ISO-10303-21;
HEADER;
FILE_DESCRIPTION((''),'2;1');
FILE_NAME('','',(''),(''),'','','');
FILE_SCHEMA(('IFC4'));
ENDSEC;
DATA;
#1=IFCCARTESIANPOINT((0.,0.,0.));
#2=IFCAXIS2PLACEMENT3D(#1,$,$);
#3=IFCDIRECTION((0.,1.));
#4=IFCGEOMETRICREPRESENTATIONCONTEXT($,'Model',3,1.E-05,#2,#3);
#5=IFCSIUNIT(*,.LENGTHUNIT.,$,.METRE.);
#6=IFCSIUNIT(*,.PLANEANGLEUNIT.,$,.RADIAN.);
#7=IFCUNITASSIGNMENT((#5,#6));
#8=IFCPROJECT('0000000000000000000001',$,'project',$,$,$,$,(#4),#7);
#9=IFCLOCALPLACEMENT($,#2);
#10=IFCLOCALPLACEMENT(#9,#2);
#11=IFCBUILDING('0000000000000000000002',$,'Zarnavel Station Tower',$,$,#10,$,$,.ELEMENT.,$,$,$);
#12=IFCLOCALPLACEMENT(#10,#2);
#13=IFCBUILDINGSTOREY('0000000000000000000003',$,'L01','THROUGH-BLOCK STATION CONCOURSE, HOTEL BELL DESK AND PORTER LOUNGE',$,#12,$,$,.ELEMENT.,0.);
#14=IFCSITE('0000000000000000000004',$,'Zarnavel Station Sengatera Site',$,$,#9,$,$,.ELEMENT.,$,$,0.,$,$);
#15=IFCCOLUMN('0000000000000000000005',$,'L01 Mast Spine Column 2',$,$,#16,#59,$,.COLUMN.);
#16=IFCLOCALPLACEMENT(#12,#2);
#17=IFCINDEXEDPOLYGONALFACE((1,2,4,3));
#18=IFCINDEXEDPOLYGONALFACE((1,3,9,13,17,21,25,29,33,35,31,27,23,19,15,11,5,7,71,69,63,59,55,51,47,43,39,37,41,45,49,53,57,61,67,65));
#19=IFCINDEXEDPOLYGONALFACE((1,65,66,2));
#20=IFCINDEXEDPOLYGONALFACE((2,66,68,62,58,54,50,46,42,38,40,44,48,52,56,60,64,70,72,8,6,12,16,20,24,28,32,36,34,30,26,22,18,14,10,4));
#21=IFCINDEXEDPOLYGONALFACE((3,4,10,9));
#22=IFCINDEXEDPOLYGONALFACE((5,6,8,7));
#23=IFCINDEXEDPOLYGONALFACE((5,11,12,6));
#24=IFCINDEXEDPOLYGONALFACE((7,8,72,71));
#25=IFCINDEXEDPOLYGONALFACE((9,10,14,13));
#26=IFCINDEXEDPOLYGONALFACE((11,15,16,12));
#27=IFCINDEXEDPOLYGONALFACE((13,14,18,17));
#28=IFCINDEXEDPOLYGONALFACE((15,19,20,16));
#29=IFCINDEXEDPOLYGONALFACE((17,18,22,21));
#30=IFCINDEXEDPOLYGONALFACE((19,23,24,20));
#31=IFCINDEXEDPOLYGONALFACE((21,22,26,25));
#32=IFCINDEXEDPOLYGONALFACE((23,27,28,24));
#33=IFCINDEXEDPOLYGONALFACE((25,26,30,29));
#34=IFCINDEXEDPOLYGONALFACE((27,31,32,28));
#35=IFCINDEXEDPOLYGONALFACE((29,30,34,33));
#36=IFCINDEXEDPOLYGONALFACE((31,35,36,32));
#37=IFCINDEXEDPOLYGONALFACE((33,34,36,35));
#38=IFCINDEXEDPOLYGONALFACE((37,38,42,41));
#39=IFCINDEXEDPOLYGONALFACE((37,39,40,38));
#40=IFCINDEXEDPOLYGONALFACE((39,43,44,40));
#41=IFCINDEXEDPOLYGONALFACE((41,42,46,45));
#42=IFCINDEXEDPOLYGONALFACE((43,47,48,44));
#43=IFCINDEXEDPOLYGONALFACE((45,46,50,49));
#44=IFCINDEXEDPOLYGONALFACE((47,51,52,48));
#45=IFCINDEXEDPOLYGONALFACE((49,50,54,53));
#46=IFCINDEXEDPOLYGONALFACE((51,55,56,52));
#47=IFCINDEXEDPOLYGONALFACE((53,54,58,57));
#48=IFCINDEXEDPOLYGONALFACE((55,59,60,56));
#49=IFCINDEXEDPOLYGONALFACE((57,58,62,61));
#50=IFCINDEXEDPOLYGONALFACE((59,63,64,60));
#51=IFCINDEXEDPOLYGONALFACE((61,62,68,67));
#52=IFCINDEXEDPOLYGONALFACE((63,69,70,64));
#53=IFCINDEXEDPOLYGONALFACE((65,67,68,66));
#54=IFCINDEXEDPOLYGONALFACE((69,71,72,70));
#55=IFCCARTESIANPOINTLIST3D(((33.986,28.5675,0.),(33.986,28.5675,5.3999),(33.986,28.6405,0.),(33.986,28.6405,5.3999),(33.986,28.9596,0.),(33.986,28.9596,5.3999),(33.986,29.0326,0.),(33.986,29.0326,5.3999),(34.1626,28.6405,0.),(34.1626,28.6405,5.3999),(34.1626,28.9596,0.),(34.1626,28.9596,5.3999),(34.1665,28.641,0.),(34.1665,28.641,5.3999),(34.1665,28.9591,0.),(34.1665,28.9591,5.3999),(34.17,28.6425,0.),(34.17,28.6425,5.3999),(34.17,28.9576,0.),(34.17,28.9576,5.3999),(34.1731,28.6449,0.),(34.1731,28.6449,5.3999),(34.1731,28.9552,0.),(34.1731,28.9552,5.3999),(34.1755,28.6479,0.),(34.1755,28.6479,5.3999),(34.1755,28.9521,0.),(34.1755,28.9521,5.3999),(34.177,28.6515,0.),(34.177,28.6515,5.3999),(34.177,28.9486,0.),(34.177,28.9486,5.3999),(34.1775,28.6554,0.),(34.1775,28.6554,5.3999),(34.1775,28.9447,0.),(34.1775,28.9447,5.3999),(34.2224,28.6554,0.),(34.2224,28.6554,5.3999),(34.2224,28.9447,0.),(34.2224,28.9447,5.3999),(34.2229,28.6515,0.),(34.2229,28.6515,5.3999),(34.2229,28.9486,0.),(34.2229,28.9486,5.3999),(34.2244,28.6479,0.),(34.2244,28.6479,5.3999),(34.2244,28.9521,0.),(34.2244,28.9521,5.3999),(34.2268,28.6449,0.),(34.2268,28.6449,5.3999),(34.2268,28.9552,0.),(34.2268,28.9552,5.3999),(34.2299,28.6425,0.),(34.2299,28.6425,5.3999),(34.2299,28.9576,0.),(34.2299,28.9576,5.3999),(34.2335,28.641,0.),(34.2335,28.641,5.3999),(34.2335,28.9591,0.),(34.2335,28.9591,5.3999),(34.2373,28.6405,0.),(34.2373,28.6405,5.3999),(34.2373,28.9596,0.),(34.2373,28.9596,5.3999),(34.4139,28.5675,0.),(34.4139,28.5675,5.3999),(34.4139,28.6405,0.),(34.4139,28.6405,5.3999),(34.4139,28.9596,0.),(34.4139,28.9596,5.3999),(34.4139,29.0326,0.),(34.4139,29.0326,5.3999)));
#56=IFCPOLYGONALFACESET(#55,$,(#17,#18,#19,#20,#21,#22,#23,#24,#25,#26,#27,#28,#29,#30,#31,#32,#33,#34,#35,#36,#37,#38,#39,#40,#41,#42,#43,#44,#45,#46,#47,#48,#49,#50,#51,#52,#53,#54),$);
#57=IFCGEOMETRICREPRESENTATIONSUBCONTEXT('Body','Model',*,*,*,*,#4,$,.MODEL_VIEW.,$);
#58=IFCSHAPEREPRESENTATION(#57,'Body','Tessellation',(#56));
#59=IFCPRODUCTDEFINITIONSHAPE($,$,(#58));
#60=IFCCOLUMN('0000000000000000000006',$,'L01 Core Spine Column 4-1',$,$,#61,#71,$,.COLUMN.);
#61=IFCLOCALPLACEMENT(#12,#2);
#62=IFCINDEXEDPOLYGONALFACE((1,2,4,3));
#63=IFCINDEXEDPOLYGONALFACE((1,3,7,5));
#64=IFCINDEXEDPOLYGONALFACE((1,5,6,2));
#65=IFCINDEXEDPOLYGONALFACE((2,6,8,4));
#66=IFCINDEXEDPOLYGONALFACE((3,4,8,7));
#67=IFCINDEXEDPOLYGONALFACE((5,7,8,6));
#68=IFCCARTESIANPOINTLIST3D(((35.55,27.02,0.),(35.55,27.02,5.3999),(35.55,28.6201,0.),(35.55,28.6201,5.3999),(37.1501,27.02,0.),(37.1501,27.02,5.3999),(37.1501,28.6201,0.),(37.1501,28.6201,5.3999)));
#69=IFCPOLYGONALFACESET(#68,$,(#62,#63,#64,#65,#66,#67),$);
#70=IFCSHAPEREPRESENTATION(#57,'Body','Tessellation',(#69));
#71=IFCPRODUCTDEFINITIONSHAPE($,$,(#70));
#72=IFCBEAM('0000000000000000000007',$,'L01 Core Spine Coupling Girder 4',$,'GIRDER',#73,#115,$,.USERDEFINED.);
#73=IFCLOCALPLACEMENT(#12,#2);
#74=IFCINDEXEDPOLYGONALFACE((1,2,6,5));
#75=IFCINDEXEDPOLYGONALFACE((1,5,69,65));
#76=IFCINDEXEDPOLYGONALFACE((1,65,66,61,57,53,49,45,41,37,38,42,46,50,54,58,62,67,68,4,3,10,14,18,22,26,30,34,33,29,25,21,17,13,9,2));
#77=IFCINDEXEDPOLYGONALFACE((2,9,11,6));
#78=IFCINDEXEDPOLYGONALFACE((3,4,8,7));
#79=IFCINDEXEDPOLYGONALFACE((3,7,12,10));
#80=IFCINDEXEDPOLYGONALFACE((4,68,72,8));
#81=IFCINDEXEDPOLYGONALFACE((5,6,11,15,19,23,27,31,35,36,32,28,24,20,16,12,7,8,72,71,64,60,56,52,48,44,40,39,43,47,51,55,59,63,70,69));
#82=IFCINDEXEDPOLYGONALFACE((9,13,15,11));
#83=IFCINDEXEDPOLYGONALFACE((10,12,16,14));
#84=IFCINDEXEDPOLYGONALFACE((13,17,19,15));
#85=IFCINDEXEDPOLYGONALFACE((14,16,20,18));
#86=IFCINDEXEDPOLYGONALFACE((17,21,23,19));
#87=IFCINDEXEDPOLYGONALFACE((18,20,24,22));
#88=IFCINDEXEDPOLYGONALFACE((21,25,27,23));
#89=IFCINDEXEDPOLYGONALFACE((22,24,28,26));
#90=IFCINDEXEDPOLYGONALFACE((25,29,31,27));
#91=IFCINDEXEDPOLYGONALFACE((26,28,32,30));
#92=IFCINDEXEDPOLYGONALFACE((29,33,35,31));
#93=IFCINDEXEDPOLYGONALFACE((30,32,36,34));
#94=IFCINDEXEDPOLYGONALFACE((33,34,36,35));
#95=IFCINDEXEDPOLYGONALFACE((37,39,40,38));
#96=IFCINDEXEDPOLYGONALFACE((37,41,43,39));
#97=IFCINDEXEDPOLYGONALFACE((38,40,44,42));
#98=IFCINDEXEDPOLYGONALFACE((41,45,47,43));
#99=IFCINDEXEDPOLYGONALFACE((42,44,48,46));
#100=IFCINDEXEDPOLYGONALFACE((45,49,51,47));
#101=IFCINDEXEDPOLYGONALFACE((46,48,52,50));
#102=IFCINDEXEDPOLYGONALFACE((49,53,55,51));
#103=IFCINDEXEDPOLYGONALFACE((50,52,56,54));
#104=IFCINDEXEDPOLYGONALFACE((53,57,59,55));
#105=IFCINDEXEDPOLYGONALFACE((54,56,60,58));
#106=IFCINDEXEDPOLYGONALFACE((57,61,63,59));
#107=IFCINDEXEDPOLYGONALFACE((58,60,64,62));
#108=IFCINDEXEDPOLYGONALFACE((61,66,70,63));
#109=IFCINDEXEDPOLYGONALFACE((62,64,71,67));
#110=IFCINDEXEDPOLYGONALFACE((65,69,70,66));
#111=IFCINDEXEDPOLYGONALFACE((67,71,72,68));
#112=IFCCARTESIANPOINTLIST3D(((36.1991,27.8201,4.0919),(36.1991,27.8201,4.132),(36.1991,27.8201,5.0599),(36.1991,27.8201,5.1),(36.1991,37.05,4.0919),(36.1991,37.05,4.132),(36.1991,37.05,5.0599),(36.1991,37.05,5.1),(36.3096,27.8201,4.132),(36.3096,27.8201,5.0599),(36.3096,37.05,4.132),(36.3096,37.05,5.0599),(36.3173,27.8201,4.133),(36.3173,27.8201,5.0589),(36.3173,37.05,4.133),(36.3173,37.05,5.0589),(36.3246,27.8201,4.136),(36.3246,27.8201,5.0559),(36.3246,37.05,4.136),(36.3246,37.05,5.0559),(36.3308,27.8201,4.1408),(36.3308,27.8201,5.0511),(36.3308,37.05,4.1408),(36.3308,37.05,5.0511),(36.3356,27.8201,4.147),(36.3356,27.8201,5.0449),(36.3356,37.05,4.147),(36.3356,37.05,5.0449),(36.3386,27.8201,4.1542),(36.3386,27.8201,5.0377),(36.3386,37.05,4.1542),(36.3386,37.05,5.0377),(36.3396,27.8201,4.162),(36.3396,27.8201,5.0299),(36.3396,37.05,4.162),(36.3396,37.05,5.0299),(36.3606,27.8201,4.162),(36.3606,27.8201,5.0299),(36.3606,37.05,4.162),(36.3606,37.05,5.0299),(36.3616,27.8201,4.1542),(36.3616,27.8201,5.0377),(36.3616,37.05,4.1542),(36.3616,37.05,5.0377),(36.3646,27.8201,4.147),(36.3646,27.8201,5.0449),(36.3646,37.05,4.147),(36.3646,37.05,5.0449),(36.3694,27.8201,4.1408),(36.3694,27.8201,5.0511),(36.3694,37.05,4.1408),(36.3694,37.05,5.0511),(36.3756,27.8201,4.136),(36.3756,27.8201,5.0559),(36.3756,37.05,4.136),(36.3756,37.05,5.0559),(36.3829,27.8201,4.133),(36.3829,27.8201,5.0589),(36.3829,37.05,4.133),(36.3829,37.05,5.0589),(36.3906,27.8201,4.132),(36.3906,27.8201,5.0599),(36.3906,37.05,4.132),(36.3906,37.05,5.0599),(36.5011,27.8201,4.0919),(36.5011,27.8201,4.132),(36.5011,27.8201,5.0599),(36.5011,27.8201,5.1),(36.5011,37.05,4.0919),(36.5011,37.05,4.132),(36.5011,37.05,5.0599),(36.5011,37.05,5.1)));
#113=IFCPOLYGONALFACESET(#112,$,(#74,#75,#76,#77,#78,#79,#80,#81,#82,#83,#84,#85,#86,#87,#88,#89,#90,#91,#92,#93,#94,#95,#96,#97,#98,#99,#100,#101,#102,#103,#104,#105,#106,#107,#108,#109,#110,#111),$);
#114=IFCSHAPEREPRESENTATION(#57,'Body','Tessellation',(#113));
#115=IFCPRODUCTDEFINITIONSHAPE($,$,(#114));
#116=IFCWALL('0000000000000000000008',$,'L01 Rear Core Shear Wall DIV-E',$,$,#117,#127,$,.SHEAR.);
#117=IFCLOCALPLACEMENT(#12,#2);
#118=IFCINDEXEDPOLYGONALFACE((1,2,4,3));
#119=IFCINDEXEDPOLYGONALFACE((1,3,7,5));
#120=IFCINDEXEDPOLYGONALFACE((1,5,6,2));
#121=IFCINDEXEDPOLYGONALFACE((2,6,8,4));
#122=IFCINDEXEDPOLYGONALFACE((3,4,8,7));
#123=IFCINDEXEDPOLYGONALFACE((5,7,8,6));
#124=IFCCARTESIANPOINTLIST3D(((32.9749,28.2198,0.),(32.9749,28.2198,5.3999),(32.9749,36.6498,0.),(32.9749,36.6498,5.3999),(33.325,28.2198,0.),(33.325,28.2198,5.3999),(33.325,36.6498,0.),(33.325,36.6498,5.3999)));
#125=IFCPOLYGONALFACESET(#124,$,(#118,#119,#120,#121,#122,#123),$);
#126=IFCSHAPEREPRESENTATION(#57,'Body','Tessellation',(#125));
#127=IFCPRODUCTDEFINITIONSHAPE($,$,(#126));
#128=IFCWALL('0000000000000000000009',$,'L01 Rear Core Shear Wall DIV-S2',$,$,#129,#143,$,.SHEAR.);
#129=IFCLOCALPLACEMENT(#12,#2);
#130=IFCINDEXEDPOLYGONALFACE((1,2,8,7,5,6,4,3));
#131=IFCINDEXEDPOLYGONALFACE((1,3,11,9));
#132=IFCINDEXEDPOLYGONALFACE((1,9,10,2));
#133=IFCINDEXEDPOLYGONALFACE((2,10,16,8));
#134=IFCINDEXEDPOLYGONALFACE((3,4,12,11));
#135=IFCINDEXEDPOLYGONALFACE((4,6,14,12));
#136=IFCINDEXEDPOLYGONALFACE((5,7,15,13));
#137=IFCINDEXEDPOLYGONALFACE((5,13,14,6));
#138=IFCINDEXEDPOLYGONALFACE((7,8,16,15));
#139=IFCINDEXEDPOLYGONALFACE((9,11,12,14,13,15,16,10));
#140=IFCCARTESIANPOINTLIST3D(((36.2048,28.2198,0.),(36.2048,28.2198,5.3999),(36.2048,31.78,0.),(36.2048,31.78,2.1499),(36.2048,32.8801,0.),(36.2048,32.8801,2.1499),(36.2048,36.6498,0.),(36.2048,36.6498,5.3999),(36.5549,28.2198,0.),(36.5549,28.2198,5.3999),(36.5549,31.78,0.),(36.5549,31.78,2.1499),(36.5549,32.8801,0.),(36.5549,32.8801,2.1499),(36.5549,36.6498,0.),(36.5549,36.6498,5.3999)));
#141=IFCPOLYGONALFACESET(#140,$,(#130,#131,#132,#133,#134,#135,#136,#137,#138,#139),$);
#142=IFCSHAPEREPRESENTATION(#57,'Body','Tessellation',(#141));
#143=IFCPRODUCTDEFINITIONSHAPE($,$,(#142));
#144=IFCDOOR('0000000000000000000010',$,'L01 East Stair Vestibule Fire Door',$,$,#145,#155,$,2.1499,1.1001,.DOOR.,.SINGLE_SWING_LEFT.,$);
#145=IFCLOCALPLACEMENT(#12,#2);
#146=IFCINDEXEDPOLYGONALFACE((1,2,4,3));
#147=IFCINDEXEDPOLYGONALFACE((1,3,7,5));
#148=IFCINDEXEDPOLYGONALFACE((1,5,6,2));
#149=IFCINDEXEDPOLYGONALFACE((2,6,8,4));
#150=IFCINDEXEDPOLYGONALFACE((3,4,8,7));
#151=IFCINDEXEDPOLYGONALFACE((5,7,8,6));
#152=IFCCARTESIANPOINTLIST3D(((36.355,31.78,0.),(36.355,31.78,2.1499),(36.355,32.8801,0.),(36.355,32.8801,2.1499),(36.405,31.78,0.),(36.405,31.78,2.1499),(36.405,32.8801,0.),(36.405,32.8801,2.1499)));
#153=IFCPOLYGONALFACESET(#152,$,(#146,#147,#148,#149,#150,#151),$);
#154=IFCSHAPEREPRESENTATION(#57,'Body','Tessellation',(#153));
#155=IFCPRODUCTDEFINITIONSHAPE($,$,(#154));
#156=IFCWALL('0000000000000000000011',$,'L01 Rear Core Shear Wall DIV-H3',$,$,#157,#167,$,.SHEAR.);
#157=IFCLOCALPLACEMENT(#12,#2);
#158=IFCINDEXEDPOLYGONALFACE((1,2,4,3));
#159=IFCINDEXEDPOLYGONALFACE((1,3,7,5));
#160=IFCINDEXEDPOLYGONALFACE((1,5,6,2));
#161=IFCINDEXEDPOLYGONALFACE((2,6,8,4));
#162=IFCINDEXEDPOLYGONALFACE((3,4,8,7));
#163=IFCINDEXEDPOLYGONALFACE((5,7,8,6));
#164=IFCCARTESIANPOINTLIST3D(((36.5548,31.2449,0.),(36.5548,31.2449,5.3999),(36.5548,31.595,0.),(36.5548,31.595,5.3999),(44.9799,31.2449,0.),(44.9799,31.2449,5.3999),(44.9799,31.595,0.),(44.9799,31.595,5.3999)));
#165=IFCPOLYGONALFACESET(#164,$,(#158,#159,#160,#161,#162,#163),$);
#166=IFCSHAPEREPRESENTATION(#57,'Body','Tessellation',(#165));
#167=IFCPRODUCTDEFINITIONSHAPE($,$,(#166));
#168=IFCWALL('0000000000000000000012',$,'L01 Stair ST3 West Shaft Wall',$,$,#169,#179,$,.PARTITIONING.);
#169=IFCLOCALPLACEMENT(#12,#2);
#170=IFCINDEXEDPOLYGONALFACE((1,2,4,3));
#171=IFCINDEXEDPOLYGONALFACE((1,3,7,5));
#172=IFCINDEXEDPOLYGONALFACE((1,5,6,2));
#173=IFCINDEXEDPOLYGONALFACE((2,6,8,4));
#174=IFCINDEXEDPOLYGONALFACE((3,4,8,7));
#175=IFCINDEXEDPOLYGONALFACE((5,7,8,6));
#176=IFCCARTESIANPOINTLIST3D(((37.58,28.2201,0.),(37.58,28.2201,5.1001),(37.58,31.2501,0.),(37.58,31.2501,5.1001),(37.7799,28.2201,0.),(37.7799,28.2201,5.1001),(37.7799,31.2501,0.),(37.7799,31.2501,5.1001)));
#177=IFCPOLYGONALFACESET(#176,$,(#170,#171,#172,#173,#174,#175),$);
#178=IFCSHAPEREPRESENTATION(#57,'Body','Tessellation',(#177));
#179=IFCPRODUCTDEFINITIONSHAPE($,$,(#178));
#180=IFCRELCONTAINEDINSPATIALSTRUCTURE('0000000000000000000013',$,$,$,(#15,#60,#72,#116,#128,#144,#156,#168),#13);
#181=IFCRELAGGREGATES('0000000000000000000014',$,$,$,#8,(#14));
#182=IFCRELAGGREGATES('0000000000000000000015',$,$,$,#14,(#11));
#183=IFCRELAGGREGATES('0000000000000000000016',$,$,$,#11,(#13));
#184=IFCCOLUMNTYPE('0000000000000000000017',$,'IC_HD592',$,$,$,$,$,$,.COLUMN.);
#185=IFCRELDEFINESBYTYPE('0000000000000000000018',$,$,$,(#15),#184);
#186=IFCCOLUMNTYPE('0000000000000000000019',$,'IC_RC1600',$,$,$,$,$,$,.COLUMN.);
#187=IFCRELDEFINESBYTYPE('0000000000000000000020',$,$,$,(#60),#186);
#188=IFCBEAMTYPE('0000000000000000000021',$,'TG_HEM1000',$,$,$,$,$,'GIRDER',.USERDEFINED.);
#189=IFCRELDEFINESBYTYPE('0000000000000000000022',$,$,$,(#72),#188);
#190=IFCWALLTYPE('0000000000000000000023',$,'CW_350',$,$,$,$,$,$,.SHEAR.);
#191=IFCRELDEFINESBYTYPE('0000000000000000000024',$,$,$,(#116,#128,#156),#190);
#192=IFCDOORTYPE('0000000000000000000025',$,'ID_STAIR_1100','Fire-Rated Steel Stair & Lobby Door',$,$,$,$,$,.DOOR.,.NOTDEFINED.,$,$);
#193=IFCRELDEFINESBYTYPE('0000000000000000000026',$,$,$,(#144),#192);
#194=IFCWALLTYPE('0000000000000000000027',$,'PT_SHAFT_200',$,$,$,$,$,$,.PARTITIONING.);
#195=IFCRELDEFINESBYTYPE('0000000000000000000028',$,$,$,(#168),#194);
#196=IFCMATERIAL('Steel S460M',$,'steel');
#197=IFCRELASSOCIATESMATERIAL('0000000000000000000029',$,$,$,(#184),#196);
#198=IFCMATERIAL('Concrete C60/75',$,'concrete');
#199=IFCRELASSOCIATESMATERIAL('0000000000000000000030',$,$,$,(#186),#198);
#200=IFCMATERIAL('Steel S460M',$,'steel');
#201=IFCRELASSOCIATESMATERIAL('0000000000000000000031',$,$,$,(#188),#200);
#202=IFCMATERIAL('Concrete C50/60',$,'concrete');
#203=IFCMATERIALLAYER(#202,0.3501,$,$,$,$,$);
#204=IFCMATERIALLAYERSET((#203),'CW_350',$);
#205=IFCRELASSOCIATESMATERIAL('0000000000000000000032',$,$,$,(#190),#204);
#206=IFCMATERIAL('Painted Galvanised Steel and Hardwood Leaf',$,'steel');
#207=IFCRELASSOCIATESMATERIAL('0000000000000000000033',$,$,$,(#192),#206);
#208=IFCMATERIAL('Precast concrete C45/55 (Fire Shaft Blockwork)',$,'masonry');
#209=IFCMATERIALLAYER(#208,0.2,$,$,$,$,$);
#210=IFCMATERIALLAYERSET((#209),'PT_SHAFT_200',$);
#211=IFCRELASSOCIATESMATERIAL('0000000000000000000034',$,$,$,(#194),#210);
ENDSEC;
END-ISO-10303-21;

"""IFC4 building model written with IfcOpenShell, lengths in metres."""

from ifc_helpers import new_model, si_unit, direction, frame, frame_2d, origin, origin_2d, place, context, subcontext, project, spatial, rectangle, i_section, extrude, material, layer, layer_set, material_profile, profile_set, type_object, element, fill, save


model = new_model("IFC4")

# Units and contexts
model_context = context("Model", 3, precision=1e-05, world=origin(), true_north=direction((0.0, 1.0)))
body_context = subcontext(model_context, "Body", "Model", "MODEL_VIEW")
ifc_project = project(units=[si_unit("LENGTHUNIT", "METRE"), si_unit("PLANEANGLEUNIT", "RADIAN")], contexts=[model_context])

# Site, building, storey
site_placement = place(None, origin())
site = spatial("IfcSite", under=ifc_project, at=site_placement, Name="Zarnavel Station Sengatera Site", CompositionType="ELEMENT", RefElevation=0.0)
building_placement = place(site_placement, origin())
building = spatial("IfcBuilding", under=site, at=building_placement, Name="Zarnavel Station Tower", CompositionType="ELEMENT")
storey_placement = place(building_placement, origin())
storey = spatial("IfcBuildingStorey", under=building, at=storey_placement, Name="L01", Description="THROUGH-BLOCK STATION CONCOURSE, HOTEL BELL DESK AND PORTER LOUNGE", CompositionType="ELEMENT", Elevation=0.0)

# Columns
ifc_material_1 = material(Name="Steel S460M", Category="steel")
ifc_material_profile_1 = material_profile(ifc_material_1, i_section(OverallWidth=0.428, OverallDepth=0.4651, WebThickness=0.0449, FlangeThickness=0.073, FilletRadius=0.0149, at=origin_2d()), Name="HD400x592")
ifc_profile_set_1 = profile_set([ifc_material_profile_1], Name="Steel S460M")
column_type_1 = type_object("IfcColumnType", Name="IC_HD592", PredefinedType="COLUMN", material=ifc_profile_set_1)
column_1_placement = place(storey_placement, frame((34.2, 28.8, 0.0), z_axis=(0.0, 0.0, 1.0), x_axis=(1.0, 0.0, 0.0)))
element("IfcColumn", 1, at=column_1_placement, inside=storey, type_object=column_type_1, Name="L01 Mast Spine Column 2", PredefinedType="COLUMN", context=body_context, shape_type="SweptSolid", body=[
    extrude(i_section(OverallWidth=0.428, OverallDepth=0.4651, WebThickness=0.0449, FlangeThickness=0.073, FilletRadius=0.0149, at=origin_2d()), origin(), (0.0, 0.0, 1.0), 5.3999),
])
ifc_material_2 = material(Name="Concrete C60/75", Category="concrete")
ifc_material_profile_2 = material_profile(ifc_material_2, rectangle(XDim=1.6001, YDim=1.6001, at=origin_2d()), Name="RC1600x1600")
ifc_profile_set_2 = profile_set([ifc_material_profile_2], Name="Concrete C60/75")
column_type_2 = type_object("IfcColumnType", Name="IC_RC1600", PredefinedType="COLUMN", material=ifc_profile_set_2)
column_2_placement = place(storey_placement, frame((36.3501, 27.8201, 0.0), z_axis=(0.0, 0.0, 1.0), x_axis=(1.0, 0.0, 0.0)))
element("IfcColumn", 2, at=column_2_placement, inside=storey, type_object=column_type_2, Name="L01 Core Spine Column 4-1", PredefinedType="COLUMN", context=body_context, shape_type="SweptSolid", body=[
    extrude(rectangle(XDim=1.6001, YDim=1.6001, at=origin_2d()), origin(), (0.0, 0.0, 1.0), 5.3999),
])

# Beam
ifc_material_3 = material(Name="Steel S460M", Category="steel")
ifc_material_profile_3 = material_profile(ifc_material_3, i_section(OverallWidth=0.302, OverallDepth=1.0081, WebThickness=0.021, FlangeThickness=0.04, FilletRadius=0.03, at=origin_2d()), Name="HEM1000")
ifc_profile_set_3 = profile_set([ifc_material_profile_3], Name="Steel S460M")
beam_type = type_object("IfcBeamType", Name="TG_HEM1000", ElementType="GIRDER", PredefinedType="USERDEFINED", material=ifc_profile_set_3)
beam_placement = place(storey_placement, frame((36.3501, 27.8201, 4.5959), z_axis=(0.0, 1.0, 0.0), x_axis=(-1.0, 0.0, 0.0)))
element("IfcBeam", 3, at=beam_placement, inside=storey, type_object=beam_type, Name="L01 Core Spine Coupling Girder 4", ObjectType="GIRDER", PredefinedType="USERDEFINED", context=body_context, shape_type="SweptSolid", body=[
    extrude(i_section(OverallWidth=0.302, OverallDepth=1.0081, WebThickness=0.021, FlangeThickness=0.04, FilletRadius=0.03, at=origin_2d()), origin(), (0.0, 0.0, 1.0), 9.23),
])

# Wall
ifc_material_4 = material(Name="Concrete C50/60", Category="concrete")
ifc_layer_1 = layer(ifc_material_4, 0.3501)
ifc_layer_set_1 = layer_set([ifc_layer_1], Name="CW_350")
wall_type_1 = type_object("IfcWallType", Name="CW_350", PredefinedType="SHEAR", material=ifc_layer_set_1)
wall_1_placement = place(storey_placement, frame((33.1499, 28.22, 0.0), z_axis=(0.0, 0.0, 1.0), x_axis=(0.0, 1.0, 0.0)))
element("IfcWall", 4, at=wall_1_placement, inside=storey, type_object=wall_type_1, Name="L01 Rear Core Shear Wall DIV-E", PredefinedType="SHEAR", context=body_context, shape_type="SweptSolid", body=[
    extrude(rectangle(XDim=8.4299, YDim=0.3501, at=frame_2d((4.2148, 0.0))), origin(), (0.0, 0.0, 1.0), 5.3999),
])

# Wall, opening, door
wall_2_placement = place(storey_placement, frame((36.3799, 28.22, 0.0), z_axis=(0.0, 0.0, 1.0), x_axis=(0.0, 1.0, 0.0)))
wall_2 = element("IfcWall", 5, at=wall_2_placement, inside=storey, type_object=wall_type_1, Name="L01 Rear Core Shear Wall DIV-S2", PredefinedType="SHEAR", context=body_context, shape_type="SweptSolid", body=[
    extrude(rectangle(XDim=8.4299, YDim=0.3501, at=frame_2d((4.2148, 0.0))), origin(), (0.0, 0.0, 1.0), 5.3999),
])
opening_1_placement = place(wall_2_placement, frame((3.5601, 0.0, 0.0)))
opening_1 = element("IfcOpeningElement", 6, at=opening_1_placement, cuts=wall_2, PredefinedType="OPENING", context=body_context, shape_type="SweptSolid", body=[
    extrude(rectangle(XDim=1.1001, YDim=2.1499, at=frame_2d((0.55, 1.075))), frame((0.0, 0.1851, 0.0), z_axis=(0.0, -1.0, 0.0), x_axis=(1.0, 0.0, 0.0)), (0.0, 0.0, 1.0), 0.3701),
])
ifc_material_5 = material(Name="Painted Galvanised Steel and Hardwood Leaf", Category="steel")
door_type_1 = type_object("IfcDoorType", Name="ID_STAIR_1100", Description="Fire-Rated Steel Stair & Lobby Door", OperationType="NOTDEFINED", PredefinedType="DOOR", material=ifc_material_5)
door_1_placement = place(opening_1_placement, origin())
door_1 = element("IfcDoor", 7, at=door_1_placement, inside=storey, type_object=door_type_1, Name="L01 East Stair Vestibule Fire Door", OperationType="SINGLE_SWING_LEFT", OverallHeight=2.1499, OverallWidth=1.1001, PredefinedType="DOOR", context=body_context, shape_type="SweptSolid", body=[
    extrude(rectangle(XDim=1.1001, YDim=2.1499, at=frame_2d((0.55, 1.075))), frame((0.0, 0.0249, 0.0), z_axis=(0.0, -1.0, 0.0), x_axis=(1.0, 0.0, 0.0)), (0.0, 0.0, 1.0), 0.05),
])
fill(opening_1, door_1)

# Wall
wall_3_placement = place(storey_placement, frame((36.5549, 31.4199, 0.0), z_axis=(0.0, 0.0, 1.0), x_axis=(1.0, 0.0, 0.0)))
element("IfcWall", 8, at=wall_3_placement, inside=storey, type_object=wall_type_1, Name="L01 Rear Core Shear Wall DIV-H3", PredefinedType="SHEAR", context=body_context, shape_type="SweptSolid", body=[
    extrude(rectangle(XDim=8.425, YDim=0.3501, at=frame_2d((4.2124, 0.0))), origin(), (0.0, 0.0, 1.0), 5.3999),
])

# Shared definitions
ifc_material_6 = material(Name="Precast concrete C45/55 (Fire Shaft Blockwork)", Category="masonry")
ifc_layer_2 = layer(ifc_material_6, 0.2)
ifc_layer_set_2 = layer_set([ifc_layer_2], Name="PT_SHAFT_200")
wall_type_2 = type_object("IfcWallType", Name="PT_SHAFT_200", PredefinedType="PARTITIONING", material=ifc_layer_set_2)

# Wall
wall_4_placement = place(storey_placement, frame((37.6799, 28.22, 0.0), z_axis=(0.0, 0.0, 1.0), x_axis=(0.0, 1.0, 0.0)))
element("IfcWall", 9, at=wall_4_placement, inside=storey, type_object=wall_type_2, Name="L01 Stair ST3 West Shaft Wall", PredefinedType="PARTITIONING", context=body_context, shape_type="SweptSolid", body=[
    extrude(rectangle(XDim=3.03, YDim=0.2, at=frame_2d((1.5151, 0.0))), origin(), (0.0, 0.0, 1.0), 5.1001),
])

save(model, "model.ifc")
